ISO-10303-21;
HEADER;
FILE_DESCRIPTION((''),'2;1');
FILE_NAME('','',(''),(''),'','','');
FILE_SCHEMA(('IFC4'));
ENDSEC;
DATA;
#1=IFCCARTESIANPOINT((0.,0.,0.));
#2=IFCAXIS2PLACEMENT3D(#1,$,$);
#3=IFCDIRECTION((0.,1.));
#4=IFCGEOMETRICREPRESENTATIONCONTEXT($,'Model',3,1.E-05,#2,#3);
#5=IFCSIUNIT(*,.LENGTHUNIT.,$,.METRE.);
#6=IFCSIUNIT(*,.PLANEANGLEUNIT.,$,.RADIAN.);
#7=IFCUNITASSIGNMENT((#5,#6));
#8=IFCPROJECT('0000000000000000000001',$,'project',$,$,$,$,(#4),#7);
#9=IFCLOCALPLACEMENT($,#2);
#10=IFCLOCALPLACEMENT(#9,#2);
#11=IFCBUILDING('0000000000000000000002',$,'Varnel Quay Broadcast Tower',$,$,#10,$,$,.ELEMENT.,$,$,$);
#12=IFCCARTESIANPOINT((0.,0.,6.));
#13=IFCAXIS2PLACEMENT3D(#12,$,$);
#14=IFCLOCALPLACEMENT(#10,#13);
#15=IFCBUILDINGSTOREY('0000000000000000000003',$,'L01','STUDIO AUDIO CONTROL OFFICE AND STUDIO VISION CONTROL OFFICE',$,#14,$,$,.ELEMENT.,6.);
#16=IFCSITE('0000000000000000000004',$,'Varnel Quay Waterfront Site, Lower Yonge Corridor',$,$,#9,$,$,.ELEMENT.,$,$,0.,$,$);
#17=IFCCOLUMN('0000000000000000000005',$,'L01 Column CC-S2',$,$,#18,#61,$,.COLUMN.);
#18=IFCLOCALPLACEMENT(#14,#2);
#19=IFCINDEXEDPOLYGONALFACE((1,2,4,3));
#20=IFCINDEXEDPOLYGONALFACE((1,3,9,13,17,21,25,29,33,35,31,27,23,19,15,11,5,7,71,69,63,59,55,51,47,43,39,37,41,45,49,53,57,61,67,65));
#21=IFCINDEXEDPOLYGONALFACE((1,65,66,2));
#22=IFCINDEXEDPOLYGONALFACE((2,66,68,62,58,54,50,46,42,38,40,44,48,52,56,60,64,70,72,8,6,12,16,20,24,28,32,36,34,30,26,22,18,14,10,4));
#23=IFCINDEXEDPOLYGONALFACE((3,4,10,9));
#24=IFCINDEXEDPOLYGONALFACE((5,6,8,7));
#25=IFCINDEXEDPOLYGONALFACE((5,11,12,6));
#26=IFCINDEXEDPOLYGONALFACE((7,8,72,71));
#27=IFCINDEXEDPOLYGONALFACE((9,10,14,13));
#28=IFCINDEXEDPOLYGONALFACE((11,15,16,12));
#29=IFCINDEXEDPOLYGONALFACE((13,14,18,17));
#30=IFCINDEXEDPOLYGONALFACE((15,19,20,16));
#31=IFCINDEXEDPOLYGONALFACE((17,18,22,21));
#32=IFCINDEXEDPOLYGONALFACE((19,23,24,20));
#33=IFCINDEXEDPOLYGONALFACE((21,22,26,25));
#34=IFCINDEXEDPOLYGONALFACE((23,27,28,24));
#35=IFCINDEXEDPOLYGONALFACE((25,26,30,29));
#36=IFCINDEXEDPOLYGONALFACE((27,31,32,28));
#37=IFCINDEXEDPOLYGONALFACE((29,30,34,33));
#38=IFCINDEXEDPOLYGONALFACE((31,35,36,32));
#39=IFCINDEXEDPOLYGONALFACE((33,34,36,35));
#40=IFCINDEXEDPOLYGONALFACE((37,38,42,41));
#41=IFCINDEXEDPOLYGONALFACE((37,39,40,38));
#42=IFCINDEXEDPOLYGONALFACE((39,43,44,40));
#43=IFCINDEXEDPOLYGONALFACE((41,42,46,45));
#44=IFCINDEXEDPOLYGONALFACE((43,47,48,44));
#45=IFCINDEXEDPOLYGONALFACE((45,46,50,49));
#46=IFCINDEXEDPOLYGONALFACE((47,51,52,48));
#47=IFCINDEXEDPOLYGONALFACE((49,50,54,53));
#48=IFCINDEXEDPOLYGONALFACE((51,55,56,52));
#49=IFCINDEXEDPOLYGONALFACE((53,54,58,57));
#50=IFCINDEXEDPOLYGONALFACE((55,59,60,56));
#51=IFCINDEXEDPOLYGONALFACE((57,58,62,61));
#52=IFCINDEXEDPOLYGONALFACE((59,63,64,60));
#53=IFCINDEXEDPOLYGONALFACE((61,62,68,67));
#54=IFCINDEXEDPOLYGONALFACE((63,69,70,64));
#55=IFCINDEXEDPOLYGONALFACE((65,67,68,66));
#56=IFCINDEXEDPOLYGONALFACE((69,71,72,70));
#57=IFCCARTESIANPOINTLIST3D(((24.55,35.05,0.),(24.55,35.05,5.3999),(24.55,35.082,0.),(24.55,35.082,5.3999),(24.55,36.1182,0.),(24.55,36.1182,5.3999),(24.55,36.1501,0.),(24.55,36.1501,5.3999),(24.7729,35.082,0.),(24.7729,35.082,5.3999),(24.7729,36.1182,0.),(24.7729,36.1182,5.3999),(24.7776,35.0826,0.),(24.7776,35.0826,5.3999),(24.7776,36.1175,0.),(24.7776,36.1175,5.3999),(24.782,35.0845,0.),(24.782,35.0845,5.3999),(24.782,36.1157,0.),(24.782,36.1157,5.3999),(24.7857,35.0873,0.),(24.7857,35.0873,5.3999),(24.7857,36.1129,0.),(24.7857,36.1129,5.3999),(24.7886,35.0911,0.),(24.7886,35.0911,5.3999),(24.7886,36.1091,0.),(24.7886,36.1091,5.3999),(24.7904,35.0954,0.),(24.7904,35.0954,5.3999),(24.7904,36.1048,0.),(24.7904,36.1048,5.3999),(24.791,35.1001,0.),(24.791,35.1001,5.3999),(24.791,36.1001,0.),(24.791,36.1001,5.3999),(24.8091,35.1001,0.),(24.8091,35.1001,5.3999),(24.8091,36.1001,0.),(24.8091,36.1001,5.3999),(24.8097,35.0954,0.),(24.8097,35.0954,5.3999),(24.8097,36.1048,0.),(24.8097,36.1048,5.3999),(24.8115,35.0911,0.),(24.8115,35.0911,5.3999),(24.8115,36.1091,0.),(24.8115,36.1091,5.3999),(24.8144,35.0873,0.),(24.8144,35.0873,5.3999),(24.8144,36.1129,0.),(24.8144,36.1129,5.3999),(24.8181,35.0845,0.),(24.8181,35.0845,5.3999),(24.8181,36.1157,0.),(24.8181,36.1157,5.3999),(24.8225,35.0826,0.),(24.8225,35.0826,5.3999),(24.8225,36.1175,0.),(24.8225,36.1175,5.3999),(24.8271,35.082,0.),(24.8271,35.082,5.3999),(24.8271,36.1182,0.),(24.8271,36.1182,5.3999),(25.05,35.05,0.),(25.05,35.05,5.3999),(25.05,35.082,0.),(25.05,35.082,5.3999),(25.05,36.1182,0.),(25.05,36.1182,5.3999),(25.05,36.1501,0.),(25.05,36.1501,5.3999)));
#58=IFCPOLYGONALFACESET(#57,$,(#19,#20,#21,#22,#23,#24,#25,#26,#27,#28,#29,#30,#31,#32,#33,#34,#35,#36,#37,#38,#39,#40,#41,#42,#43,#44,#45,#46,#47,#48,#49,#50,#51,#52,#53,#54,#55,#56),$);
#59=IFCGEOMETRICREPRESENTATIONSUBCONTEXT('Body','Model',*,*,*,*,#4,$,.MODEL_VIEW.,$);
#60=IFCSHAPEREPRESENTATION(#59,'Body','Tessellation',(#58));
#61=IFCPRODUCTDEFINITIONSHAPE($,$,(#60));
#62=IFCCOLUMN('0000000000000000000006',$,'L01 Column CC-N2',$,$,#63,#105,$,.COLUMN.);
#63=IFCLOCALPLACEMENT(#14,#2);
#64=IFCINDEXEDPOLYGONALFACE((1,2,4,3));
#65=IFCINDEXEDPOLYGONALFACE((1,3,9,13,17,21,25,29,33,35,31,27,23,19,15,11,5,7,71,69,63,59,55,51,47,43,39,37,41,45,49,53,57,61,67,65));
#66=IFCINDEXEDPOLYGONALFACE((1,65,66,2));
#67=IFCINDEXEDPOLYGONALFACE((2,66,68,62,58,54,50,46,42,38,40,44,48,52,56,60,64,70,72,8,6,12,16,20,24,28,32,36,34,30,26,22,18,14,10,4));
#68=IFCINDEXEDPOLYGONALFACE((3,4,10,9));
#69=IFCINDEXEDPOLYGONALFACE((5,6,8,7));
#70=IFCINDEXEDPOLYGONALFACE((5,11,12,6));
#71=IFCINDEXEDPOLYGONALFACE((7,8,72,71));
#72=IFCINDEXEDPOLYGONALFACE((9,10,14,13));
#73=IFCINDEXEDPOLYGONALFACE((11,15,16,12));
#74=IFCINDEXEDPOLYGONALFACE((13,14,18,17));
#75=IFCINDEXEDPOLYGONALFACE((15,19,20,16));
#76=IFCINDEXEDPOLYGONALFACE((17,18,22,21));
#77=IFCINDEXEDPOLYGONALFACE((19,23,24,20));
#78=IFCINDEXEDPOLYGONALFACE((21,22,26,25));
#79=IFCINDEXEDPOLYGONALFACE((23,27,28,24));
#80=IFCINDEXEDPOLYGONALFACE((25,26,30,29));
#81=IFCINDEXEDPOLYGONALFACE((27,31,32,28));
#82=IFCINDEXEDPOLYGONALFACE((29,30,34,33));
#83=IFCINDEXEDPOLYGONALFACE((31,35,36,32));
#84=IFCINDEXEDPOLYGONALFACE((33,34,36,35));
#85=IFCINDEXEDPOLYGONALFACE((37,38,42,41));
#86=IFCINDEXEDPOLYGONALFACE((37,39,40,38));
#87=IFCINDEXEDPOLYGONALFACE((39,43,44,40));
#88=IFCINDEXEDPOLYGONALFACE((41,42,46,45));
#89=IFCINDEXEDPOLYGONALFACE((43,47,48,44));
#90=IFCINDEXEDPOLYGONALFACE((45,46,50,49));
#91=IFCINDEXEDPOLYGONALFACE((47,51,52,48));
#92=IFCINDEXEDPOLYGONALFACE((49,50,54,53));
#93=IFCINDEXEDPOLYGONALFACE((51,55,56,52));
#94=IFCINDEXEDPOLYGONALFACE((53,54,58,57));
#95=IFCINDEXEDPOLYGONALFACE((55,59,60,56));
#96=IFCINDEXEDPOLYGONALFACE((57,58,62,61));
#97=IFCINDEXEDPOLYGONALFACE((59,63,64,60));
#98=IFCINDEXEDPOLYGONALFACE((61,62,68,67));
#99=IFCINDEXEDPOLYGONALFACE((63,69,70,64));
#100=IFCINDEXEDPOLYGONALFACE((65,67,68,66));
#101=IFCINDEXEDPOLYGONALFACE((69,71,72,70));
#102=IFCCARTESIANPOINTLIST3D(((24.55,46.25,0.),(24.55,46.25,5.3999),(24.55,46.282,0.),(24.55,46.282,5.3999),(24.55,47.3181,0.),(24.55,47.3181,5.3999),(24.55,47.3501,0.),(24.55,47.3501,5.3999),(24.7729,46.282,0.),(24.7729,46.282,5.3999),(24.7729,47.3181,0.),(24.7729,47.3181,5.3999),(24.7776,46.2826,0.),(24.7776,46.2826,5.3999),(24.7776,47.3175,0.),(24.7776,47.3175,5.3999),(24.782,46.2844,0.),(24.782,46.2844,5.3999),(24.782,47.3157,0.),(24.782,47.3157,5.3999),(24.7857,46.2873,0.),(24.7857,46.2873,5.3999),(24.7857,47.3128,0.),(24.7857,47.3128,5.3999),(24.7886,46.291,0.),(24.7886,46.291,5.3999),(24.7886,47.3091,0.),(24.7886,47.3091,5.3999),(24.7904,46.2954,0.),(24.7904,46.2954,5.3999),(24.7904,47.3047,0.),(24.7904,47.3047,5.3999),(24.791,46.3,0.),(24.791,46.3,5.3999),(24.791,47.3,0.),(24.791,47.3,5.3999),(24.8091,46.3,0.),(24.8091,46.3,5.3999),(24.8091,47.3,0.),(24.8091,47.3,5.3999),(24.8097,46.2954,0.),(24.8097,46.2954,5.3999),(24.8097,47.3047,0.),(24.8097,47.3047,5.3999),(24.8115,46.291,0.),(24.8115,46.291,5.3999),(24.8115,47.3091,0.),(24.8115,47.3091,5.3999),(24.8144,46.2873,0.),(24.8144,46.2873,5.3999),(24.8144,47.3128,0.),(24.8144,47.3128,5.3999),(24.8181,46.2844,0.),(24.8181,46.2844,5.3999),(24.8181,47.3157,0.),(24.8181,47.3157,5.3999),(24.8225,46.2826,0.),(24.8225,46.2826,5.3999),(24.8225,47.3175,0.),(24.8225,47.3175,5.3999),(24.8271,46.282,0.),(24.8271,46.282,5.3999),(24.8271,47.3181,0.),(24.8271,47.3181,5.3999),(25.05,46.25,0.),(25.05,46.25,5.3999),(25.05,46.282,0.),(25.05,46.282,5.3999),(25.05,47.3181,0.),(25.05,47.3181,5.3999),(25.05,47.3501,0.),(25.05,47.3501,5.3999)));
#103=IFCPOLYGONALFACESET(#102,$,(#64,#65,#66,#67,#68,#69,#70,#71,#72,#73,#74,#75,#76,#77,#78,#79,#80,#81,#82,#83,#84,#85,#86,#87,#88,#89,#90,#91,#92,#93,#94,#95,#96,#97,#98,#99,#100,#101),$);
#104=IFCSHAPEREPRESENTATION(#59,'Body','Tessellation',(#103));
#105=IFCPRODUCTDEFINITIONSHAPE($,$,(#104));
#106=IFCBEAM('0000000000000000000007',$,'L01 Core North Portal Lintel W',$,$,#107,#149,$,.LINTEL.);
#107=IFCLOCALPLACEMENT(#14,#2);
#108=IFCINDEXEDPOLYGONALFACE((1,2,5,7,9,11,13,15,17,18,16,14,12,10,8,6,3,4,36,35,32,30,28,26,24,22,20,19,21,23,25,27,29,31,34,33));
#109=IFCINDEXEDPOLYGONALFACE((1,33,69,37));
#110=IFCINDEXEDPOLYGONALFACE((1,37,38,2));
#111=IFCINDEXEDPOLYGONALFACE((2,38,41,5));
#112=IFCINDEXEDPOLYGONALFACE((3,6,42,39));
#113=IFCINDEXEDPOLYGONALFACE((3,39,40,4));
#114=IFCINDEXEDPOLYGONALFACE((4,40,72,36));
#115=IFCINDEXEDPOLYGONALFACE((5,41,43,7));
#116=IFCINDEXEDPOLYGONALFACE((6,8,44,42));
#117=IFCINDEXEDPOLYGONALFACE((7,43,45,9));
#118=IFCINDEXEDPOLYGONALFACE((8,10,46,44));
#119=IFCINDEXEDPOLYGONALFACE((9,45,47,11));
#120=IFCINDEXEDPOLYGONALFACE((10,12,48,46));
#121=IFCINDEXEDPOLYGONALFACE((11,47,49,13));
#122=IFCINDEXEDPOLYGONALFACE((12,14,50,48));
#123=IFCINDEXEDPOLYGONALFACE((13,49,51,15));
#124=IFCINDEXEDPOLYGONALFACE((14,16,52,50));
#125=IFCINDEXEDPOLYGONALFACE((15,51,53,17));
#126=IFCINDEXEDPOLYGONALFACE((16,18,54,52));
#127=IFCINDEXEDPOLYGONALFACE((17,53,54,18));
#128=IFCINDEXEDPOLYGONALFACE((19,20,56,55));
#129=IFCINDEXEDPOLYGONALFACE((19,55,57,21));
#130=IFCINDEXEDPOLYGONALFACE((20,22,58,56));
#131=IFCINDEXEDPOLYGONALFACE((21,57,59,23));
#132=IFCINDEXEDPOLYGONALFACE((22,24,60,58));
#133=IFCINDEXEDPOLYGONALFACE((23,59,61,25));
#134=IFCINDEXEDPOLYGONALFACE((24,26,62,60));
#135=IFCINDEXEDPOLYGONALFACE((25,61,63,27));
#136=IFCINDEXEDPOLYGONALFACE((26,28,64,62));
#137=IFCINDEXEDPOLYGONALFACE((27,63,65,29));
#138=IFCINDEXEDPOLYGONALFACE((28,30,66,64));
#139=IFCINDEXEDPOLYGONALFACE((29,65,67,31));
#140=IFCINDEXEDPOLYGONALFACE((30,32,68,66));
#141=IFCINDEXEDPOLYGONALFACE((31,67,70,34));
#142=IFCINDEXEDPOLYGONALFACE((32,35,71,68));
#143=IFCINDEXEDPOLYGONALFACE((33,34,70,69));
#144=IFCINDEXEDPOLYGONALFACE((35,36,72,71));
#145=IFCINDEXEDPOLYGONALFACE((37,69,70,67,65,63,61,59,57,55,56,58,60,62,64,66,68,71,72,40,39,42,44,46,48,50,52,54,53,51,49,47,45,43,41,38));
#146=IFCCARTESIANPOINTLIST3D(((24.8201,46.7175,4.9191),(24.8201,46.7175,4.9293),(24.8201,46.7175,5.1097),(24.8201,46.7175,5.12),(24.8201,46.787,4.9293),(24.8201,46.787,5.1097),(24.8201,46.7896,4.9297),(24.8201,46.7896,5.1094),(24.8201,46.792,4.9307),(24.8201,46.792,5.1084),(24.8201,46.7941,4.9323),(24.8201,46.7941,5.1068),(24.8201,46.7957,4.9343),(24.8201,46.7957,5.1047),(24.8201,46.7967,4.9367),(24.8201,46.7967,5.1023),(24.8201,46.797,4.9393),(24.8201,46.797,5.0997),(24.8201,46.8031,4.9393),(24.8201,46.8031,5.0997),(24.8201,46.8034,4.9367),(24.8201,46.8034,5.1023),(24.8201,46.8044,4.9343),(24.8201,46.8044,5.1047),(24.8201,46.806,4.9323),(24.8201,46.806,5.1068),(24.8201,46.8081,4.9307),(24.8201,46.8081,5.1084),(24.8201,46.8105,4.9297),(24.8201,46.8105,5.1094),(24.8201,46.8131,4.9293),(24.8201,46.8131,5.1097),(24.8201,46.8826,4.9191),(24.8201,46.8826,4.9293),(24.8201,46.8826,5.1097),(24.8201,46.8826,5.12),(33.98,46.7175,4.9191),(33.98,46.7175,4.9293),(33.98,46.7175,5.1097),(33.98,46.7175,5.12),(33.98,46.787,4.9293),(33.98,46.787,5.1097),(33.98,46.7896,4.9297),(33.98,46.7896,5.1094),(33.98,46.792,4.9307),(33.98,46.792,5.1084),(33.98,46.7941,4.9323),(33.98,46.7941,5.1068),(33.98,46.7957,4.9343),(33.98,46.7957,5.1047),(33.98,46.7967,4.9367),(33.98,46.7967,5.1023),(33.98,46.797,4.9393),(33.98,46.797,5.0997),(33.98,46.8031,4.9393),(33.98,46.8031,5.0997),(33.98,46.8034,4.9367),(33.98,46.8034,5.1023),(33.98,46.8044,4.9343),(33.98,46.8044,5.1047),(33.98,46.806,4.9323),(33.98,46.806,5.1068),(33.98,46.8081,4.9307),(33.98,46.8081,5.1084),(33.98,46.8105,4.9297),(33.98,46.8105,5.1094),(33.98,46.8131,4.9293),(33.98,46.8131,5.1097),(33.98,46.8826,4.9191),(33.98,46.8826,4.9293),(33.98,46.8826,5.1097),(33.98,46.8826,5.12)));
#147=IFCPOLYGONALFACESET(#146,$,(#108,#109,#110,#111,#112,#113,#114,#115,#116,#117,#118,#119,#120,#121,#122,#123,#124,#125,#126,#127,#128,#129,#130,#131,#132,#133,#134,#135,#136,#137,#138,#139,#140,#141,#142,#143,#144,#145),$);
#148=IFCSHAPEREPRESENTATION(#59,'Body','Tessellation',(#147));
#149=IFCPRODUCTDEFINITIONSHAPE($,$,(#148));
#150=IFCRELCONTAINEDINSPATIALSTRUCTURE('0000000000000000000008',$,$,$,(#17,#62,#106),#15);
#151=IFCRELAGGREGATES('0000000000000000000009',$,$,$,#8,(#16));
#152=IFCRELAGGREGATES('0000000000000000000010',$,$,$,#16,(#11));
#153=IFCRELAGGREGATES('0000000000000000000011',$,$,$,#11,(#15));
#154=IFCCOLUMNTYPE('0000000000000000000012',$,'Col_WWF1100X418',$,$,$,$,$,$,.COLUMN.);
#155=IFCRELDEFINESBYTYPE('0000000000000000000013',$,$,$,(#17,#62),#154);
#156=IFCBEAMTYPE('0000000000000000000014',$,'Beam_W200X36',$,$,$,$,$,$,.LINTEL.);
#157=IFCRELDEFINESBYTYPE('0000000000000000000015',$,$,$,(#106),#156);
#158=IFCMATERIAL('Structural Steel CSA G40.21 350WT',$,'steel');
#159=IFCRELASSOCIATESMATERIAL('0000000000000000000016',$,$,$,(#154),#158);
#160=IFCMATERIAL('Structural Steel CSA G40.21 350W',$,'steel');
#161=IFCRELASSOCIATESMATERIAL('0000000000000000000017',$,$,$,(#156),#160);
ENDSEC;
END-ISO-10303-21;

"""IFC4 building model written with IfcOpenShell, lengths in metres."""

from ifc_helpers import new_model, si_unit, direction, frame, origin, origin_2d, place, context, subcontext, project, spatial, i_section, extrude, source, transform, mapped, material, material_profile, profile_set, type_object, type_shapes, element, save


model = new_model("IFC4")

# Units and contexts
model_context = context("Model", 3, precision=1e-05, world=origin(), true_north=direction((0.0, 1.0)))
body_context = subcontext(model_context, "Body", "Model", "MODEL_VIEW")
ifc_project = project(units=[si_unit("LENGTHUNIT", "METRE"), si_unit("PLANEANGLEUNIT", "RADIAN")], contexts=[model_context])

# Site, building, storey
site_placement = place(None, origin())
site = spatial("IfcSite", under=ifc_project, at=site_placement, Name="Varnel Quay Waterfront Site, Lower Yonge Corridor", CompositionType="ELEMENT", RefElevation=0.0)
building_placement = place(site_placement, origin())
building = spatial("IfcBuilding", under=site, at=building_placement, Name="Varnel Quay Broadcast Tower", CompositionType="ELEMENT")
storey_placement = place(building_placement, frame((0.0, 0.0, 6.0)))
storey = spatial("IfcBuildingStorey", under=building, at=storey_placement, Name="L01", Description="STUDIO AUDIO CONTROL OFFICE AND STUDIO VISION CONTROL OFFICE", CompositionType="ELEMENT", Elevation=6.0)

# Columns
ifc_material_1 = material(Name="Structural Steel CSA G40.21 350WT", Category="steel")
ifc_material_profile_1 = material_profile(ifc_material_1, i_section(OverallWidth=0.5, OverallDepth=1.1001, WebThickness=0.0181, FlangeThickness=0.032, FilletRadius=0.0181, at=origin_2d()), Name="WWF1100X418")
ifc_profile_set_1 = profile_set([ifc_material_profile_1], Name="Structural Steel CSA G40.21 350WT")
column_type = type_object("IfcColumnType", Name="Col_WWF1100X418", PredefinedType="COLUMN", material=ifc_profile_set_1)
shared_shape_1 = source(origin(), body_context, "Body", "SweptSolid", [
    extrude(i_section(OverallWidth=0.5, OverallDepth=1.1001, WebThickness=0.0181, FlangeThickness=0.032, FilletRadius=0.0181, at=origin_2d()), origin(), (0.0, 0.0, 1.0), 5.3999),
])
type_shapes(column_type, [shared_shape_1])
for number, where, z_axis, x_axis, name in (
    (1, (24.8, 35.6001, 0.0), (0.0, 0.0, 1.0), (1.0, 0.0, 0.0), "L01 Column CC-S2"),
    (2, (24.8, 46.8, 0.0), (0.0, 0.0, 1.0), (1.0, 0.0, 0.0), "L01 Column CC-N2"),
):
    element("IfcColumn", number, at=place(storey_placement, frame(where, z_axis=z_axis, x_axis=x_axis)), inside=storey, type_object=column_type, Name=name, PredefinedType="COLUMN", context=body_context, shape_type="MappedRepresentation", body=[
        mapped(shared_shape_1, transform((0.0, 0.0, 0.0), x_axis=(1.0, 0.0, 0.0), y_axis=(0.0, 1.0, 0.0), z_axis=(0.0, 0.0, 1.0), scale=1.0)),
    ])

# Beam
ifc_material_2 = material(Name="Structural Steel CSA G40.21 350W", Category="steel")
ifc_material_profile_2 = material_profile(ifc_material_2, i_section(OverallWidth=0.165, OverallDepth=0.2009, WebThickness=0.0061, FlangeThickness=0.0103, FilletRadius=0.01, at=origin_2d()), Name="W200X36")
ifc_profile_set_2 = profile_set([ifc_material_profile_2], Name="Structural Steel CSA G40.21 350W")
beam_type_1 = type_object("IfcBeamType", Name="Beam_W200X36", PredefinedType="LINTEL", material=ifc_profile_set_2)
shared_shape_2 = source(origin(), body_context, "Body", "SweptSolid", [
    extrude(i_section(OverallWidth=0.165, OverallDepth=0.2009, WebThickness=0.0061, FlangeThickness=0.0103, FilletRadius=0.01, at=origin_2d()), origin(), (0.0, 0.0, 1.0), 9.1599),
])
type_shapes(beam_type_1, [shared_shape_2])
beam_1_placement = place(storey_placement, frame((24.8201, 46.8, 5.0195), z_axis=(1.0, 0.0, 0.0), x_axis=(0.0, 1.0, 0.0)))
element("IfcBeam", 3, at=beam_1_placement, inside=storey, type_object=beam_type_1, Name="L01 Core North Portal Lintel W", PredefinedType="LINTEL", context=body_context, shape_type="MappedRepresentation", body=[
    mapped(shared_shape_2, transform((0.0, 0.0, 0.0), x_axis=(1.0, 0.0, 0.0), y_axis=(0.0, 1.0, 0.0), z_axis=(0.0, 0.0, 1.0), scale=1.0)),
])

save(model, "model.ifc")
